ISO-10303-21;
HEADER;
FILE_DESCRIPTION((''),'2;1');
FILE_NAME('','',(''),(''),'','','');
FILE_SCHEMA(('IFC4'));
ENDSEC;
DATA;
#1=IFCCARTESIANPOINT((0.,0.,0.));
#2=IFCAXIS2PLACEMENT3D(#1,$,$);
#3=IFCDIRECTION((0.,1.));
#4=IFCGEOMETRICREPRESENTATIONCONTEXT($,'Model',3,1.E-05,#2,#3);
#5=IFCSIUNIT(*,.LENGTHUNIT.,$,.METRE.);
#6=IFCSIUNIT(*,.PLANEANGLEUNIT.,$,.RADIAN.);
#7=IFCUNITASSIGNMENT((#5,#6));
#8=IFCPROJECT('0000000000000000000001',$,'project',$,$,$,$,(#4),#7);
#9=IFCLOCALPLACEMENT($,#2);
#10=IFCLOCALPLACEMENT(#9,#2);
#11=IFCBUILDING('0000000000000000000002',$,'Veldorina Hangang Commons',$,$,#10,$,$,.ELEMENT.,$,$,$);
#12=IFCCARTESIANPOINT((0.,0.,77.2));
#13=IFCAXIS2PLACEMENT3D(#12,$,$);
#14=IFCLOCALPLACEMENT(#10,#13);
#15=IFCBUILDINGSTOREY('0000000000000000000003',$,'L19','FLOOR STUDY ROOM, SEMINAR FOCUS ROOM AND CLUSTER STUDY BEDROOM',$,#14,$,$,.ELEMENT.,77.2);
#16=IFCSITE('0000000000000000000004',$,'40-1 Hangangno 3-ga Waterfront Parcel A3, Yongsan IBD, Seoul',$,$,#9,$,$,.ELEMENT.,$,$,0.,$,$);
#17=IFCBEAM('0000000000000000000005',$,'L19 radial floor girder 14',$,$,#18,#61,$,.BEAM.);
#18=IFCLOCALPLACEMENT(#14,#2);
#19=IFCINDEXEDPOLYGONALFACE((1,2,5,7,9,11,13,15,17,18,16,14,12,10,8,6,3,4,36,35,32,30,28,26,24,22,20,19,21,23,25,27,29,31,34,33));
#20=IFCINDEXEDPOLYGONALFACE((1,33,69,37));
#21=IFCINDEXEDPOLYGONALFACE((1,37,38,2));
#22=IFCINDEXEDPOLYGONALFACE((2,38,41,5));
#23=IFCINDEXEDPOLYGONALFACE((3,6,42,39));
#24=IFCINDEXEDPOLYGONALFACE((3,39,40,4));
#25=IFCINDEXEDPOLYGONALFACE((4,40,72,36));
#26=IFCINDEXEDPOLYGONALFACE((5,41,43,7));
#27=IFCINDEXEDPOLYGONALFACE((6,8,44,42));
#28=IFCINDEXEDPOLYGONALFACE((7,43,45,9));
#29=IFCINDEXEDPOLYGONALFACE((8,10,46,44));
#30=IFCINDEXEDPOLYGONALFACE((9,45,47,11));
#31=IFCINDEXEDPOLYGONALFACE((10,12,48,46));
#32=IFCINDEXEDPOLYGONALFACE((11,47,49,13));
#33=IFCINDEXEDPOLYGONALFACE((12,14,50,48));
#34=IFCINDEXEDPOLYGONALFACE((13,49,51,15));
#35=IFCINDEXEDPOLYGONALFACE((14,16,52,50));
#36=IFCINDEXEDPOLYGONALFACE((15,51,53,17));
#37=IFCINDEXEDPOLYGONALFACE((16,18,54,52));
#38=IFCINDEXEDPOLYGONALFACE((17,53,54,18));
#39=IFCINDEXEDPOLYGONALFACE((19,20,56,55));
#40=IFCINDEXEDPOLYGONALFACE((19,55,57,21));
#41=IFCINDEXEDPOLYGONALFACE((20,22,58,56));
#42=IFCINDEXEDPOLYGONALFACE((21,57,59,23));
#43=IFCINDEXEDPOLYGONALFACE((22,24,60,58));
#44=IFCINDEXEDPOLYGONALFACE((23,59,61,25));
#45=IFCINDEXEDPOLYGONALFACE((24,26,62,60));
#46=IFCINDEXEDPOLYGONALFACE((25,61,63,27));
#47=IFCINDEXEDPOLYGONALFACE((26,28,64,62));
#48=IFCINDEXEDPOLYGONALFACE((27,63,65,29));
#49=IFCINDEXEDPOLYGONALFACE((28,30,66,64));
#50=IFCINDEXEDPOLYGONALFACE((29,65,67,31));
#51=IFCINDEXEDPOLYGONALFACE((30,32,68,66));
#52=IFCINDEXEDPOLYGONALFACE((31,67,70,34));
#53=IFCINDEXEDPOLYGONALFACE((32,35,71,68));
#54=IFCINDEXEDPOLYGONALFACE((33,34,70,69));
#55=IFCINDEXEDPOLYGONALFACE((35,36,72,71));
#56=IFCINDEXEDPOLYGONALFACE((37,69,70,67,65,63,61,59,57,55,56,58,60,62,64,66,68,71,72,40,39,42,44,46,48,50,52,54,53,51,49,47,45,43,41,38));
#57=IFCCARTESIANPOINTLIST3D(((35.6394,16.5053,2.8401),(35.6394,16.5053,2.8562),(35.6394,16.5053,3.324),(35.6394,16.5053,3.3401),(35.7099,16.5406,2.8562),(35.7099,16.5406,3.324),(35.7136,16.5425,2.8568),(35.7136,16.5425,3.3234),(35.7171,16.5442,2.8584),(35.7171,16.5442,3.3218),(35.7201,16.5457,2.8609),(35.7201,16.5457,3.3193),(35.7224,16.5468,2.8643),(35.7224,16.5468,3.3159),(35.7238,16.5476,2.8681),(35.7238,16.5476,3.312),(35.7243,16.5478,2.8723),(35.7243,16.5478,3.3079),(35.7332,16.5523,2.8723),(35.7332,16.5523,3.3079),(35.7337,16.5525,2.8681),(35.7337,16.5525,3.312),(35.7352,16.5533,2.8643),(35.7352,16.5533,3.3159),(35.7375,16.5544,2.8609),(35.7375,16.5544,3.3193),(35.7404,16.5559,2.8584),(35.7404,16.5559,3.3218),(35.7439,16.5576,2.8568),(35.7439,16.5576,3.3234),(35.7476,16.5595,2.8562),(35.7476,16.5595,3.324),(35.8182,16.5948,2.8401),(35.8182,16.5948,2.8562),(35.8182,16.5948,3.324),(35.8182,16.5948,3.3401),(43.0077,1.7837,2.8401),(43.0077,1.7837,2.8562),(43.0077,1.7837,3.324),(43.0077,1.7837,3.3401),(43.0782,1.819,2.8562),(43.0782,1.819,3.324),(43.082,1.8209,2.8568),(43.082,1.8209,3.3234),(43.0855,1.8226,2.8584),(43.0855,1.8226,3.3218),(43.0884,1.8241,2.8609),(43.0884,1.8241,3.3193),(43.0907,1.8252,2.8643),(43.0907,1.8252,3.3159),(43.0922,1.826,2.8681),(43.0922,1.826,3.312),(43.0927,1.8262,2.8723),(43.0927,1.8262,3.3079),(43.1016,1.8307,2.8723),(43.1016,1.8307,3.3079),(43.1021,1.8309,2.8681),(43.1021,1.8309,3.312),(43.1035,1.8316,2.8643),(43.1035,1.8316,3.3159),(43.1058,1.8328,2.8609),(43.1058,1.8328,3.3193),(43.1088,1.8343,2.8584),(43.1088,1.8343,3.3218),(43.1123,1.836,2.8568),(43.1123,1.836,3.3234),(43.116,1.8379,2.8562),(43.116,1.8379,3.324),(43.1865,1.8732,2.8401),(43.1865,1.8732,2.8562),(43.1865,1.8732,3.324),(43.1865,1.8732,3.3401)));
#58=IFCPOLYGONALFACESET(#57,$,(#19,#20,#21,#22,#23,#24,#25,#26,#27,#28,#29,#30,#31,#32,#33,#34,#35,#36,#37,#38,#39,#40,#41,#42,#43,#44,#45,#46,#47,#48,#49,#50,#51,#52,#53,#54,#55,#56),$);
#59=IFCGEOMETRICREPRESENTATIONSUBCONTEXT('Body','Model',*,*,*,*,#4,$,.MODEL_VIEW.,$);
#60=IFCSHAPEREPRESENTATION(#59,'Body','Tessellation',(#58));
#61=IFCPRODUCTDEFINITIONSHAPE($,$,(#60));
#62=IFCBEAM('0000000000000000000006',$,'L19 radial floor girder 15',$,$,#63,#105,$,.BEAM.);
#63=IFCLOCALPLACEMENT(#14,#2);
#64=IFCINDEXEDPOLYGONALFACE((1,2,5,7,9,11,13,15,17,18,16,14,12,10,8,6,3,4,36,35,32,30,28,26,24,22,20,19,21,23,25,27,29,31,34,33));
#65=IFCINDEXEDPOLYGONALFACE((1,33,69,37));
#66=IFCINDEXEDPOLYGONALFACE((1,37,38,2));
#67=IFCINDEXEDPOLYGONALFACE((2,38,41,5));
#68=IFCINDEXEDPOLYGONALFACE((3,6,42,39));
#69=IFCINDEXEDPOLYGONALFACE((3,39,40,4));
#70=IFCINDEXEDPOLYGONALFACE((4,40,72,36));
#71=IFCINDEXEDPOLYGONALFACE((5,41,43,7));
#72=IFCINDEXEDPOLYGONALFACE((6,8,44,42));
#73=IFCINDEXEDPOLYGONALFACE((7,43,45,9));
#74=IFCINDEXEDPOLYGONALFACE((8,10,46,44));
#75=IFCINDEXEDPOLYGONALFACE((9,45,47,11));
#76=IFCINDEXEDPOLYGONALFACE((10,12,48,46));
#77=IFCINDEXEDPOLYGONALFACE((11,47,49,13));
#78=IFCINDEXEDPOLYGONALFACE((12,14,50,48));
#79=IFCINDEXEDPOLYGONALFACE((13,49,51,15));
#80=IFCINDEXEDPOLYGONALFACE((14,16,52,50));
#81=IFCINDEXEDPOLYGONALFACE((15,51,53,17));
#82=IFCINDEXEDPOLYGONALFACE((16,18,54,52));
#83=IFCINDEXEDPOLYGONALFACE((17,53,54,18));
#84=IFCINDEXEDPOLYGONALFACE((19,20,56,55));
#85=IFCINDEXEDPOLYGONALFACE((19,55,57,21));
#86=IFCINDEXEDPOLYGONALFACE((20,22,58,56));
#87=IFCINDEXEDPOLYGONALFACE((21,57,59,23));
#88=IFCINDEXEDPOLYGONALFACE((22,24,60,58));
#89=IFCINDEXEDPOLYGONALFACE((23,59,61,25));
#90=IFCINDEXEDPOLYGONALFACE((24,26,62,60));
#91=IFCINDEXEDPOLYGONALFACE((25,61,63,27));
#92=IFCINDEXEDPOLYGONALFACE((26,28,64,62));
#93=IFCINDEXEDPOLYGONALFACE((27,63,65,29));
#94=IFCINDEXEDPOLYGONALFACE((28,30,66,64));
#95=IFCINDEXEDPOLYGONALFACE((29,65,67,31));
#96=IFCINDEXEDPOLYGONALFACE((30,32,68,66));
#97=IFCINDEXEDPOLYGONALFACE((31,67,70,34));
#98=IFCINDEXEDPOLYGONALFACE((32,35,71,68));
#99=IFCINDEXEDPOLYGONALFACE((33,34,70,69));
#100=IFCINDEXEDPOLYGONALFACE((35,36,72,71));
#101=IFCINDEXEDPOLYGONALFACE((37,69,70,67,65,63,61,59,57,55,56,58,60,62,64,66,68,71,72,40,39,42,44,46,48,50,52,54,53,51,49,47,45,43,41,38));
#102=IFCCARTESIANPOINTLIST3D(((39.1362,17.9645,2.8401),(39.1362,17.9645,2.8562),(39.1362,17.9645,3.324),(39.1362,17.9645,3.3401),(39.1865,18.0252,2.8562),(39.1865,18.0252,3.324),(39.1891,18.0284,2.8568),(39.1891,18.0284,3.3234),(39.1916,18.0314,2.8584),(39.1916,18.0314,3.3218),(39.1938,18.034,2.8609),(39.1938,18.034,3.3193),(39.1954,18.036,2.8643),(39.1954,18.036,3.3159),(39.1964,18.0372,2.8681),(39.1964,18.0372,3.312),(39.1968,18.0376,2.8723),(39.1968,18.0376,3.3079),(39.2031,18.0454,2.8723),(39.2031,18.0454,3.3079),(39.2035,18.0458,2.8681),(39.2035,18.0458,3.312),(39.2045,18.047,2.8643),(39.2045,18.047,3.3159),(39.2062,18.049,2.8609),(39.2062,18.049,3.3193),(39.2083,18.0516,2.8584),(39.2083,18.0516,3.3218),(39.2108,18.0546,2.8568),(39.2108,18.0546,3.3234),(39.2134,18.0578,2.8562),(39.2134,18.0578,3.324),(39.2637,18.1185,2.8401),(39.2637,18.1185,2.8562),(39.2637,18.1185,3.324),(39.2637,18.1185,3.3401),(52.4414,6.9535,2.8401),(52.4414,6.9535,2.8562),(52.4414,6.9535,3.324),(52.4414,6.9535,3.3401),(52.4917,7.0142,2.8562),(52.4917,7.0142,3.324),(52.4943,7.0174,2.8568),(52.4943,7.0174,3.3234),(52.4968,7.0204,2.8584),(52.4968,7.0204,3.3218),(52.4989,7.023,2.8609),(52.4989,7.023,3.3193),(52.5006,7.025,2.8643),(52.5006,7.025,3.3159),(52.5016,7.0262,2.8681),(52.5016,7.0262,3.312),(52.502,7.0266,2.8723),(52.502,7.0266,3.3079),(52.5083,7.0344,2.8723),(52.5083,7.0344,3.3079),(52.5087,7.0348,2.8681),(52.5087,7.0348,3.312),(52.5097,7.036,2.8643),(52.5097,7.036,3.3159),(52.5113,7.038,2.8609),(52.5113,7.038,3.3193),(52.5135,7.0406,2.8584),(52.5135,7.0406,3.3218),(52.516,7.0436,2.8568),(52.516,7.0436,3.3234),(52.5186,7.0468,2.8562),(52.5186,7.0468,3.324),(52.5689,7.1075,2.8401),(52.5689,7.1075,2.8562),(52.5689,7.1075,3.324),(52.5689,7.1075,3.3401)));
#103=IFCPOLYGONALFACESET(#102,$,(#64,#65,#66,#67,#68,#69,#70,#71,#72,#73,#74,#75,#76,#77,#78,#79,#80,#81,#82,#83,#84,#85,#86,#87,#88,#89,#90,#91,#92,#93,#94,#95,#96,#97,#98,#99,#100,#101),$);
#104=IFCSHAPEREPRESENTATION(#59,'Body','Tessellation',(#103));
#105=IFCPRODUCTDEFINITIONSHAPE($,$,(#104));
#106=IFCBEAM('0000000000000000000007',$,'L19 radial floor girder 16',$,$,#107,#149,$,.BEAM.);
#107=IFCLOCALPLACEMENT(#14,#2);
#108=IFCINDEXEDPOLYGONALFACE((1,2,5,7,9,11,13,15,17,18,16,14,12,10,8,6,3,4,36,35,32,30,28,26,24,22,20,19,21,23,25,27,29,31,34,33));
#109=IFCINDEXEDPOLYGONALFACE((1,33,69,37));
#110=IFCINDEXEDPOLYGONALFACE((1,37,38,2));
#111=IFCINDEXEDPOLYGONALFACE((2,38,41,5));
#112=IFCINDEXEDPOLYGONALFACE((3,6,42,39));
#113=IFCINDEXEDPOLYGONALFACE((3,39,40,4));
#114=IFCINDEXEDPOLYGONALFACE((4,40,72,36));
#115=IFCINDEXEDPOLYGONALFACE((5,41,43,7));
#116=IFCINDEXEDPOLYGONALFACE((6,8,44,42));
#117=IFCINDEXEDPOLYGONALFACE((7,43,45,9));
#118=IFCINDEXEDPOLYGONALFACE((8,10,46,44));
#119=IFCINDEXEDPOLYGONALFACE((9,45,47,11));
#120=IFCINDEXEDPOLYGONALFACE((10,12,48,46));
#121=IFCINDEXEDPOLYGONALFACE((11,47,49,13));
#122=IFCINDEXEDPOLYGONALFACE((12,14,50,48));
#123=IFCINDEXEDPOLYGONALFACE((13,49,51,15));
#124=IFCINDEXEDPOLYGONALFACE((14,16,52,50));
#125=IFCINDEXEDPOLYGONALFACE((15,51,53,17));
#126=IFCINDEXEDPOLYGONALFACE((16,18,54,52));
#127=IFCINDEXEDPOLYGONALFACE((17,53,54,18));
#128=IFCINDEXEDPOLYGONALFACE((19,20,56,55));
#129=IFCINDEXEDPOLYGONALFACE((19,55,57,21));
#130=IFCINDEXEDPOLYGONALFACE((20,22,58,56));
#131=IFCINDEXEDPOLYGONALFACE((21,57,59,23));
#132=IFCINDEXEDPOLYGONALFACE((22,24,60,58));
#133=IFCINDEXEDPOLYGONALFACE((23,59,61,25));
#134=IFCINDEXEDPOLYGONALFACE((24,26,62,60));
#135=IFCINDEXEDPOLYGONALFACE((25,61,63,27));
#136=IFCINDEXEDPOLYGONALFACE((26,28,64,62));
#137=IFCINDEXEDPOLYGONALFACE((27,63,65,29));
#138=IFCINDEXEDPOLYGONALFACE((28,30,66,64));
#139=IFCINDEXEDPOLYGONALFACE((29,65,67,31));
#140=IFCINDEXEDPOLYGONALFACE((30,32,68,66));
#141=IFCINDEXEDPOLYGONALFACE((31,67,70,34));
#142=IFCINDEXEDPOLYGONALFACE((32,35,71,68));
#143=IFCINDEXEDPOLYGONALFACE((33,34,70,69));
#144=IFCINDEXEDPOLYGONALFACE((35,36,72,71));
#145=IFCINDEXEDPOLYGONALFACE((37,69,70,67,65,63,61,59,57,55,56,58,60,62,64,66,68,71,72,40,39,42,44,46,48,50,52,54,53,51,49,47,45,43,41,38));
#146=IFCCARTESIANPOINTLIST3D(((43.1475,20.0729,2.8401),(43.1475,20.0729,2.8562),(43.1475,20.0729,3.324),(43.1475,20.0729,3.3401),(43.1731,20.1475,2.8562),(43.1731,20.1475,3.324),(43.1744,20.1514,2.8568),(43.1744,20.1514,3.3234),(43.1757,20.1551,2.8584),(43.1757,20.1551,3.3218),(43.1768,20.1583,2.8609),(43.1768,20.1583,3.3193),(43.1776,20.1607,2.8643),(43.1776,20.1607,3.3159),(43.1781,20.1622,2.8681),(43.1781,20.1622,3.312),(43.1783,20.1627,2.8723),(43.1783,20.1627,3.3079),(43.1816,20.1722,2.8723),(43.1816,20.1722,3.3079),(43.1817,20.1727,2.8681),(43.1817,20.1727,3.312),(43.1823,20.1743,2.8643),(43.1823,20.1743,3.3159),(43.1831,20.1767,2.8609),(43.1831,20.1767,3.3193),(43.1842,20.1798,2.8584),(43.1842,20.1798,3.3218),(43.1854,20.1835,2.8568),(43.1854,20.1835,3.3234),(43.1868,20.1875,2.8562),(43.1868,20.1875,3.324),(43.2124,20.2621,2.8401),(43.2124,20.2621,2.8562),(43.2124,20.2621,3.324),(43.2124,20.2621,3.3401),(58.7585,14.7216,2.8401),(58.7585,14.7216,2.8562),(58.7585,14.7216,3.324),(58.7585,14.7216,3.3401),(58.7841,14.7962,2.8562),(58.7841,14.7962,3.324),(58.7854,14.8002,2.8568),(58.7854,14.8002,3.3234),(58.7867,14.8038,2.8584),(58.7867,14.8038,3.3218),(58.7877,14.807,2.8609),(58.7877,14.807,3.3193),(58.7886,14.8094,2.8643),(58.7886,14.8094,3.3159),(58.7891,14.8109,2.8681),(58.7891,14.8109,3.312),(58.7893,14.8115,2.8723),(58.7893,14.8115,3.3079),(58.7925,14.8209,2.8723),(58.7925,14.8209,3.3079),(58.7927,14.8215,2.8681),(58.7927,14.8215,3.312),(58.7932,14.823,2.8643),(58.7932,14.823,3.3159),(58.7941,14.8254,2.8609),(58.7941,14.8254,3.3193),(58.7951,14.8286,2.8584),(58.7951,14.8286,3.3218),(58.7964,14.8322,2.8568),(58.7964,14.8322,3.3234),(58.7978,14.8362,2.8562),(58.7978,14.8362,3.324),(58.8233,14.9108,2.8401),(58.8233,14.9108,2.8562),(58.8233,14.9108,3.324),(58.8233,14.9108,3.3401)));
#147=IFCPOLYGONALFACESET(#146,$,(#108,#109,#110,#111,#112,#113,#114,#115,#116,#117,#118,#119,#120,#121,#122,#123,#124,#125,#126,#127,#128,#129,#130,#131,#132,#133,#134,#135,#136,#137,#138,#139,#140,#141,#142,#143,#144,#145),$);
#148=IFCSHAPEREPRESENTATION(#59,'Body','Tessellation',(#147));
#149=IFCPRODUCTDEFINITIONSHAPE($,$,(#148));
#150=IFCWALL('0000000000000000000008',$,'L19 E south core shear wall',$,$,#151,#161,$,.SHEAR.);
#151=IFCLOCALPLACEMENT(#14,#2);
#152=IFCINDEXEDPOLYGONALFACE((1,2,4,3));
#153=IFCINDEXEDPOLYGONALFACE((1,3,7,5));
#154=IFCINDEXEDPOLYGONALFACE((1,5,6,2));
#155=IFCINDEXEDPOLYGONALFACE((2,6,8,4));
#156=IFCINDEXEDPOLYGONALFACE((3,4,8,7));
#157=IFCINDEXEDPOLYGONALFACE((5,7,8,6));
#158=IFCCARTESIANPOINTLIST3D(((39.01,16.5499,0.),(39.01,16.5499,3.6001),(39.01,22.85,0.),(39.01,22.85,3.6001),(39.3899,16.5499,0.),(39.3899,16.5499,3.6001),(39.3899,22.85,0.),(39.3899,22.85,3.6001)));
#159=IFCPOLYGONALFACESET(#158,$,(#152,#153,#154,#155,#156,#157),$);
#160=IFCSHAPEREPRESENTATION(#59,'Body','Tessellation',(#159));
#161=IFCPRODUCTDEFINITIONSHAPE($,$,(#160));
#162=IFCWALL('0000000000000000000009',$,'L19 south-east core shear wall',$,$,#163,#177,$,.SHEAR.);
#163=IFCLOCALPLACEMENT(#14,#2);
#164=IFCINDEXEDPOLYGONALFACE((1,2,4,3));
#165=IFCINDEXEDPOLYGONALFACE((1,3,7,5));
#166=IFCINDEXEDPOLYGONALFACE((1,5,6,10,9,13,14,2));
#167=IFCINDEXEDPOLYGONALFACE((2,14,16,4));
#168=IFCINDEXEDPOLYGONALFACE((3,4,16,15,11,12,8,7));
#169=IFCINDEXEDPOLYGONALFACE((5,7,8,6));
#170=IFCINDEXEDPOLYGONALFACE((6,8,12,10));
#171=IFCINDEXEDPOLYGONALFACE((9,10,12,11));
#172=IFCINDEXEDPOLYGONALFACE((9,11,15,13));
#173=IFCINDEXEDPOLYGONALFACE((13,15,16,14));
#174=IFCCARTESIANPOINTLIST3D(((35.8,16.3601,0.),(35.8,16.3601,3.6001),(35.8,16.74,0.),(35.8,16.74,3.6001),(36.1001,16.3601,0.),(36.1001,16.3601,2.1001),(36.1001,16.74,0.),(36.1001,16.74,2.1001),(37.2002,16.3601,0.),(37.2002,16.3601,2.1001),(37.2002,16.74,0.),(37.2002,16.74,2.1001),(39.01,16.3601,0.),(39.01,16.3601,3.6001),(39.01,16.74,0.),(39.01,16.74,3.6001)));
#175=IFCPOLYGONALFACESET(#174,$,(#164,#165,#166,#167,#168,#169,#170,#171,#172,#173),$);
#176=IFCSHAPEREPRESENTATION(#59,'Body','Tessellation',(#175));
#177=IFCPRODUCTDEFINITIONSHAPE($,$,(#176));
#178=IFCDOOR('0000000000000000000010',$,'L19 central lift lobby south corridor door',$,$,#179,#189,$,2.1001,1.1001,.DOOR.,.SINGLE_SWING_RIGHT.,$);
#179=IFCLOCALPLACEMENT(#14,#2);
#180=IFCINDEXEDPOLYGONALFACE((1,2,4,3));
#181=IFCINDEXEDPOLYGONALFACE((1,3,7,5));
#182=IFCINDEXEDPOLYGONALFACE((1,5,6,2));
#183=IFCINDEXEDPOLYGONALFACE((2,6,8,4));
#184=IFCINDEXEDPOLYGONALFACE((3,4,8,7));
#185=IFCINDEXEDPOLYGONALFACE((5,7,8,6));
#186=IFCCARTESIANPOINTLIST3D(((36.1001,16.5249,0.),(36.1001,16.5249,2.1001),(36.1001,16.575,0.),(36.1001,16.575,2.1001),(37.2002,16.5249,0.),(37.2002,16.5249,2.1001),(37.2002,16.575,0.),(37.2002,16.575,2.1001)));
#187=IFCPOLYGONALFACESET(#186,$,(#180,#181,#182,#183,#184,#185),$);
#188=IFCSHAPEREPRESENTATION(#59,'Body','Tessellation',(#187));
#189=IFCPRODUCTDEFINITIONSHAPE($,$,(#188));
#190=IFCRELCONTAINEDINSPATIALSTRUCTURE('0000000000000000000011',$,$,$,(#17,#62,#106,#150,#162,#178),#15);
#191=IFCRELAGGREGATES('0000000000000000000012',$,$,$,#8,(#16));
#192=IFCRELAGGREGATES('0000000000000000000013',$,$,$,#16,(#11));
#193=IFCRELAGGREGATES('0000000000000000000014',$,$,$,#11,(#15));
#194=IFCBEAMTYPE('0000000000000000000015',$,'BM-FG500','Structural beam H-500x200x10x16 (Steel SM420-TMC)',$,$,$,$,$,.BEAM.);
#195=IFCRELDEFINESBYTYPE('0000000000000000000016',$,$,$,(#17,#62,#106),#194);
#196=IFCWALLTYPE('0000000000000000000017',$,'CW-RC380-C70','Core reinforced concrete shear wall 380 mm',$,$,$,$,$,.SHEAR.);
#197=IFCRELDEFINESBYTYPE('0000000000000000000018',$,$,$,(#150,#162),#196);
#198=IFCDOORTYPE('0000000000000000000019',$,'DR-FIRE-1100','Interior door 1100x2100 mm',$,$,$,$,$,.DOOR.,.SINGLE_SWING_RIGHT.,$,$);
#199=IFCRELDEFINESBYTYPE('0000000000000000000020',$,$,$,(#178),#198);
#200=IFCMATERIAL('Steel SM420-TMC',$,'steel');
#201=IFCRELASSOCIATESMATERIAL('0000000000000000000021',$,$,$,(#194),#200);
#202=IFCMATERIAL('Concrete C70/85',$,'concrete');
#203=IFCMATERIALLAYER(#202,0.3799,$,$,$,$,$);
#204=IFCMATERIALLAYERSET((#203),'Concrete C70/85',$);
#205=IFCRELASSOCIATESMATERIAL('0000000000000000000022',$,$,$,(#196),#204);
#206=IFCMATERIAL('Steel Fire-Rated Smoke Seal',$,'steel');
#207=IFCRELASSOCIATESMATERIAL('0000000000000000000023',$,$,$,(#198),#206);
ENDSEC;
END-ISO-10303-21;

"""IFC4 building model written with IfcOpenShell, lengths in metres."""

from ifc_helpers import new_model, si_unit, direction, frame, frame_2d, origin, origin_2d, place, context, subcontext, project, spatial, rectangle, i_section, extrude, material, layer, layer_set, material_profile, profile_set, type_object, element, fill, save


model = new_model("IFC4")

# Units and contexts
model_context = context("Model", 3, precision=1e-05, world=origin(), true_north=direction((0.0, 1.0)))
body_context = subcontext(model_context, "Body", "Model", "MODEL_VIEW")
ifc_project = project(units=[si_unit("LENGTHUNIT", "METRE"), si_unit("PLANEANGLEUNIT", "RADIAN")], contexts=[model_context])

# Site, building, storey
site_placement = place(None, origin())
site = spatial("IfcSite", under=ifc_project, at=site_placement, Name="40-1 Hangangno 3-ga Waterfront Parcel A3, Yongsan IBD, Seoul", CompositionType="ELEMENT", RefElevation=0.0)
building_placement = place(site_placement, origin())
building = spatial("IfcBuilding", under=site, at=building_placement, Name="Veldorina Hangang Commons", CompositionType="ELEMENT")
storey_placement = place(building_placement, frame((0.0, 0.0, 77.2)))
storey = spatial("IfcBuildingStorey", under=building, at=storey_placement, Name="L19", Description="FLOOR STUDY ROOM, SEMINAR FOCUS ROOM AND CLUSTER STUDY BEDROOM", CompositionType="ELEMENT", Elevation=77.2)

# Beams
ifc_material_1 = material(Name="Steel SM420-TMC", Category="steel")
ifc_material_profile = material_profile(ifc_material_1, i_section(OverallWidth=0.2, OverallDepth=0.5, WebThickness=0.01, FlangeThickness=0.0161, FilletRadius=0.0161, at=origin_2d()), Name="H-500x200x10x16")
ifc_profile_set = profile_set([ifc_material_profile], Name="Steel SM420-TMC")
beam_type = type_object("IfcBeamType", Name="BM-FG500", Description="Structural beam H-500x200x10x16 (Steel SM420-TMC)", PredefinedType="BEAM", material=ifc_profile_set)
beam_1_placement = place(storey_placement, frame((35.7288, 16.55, 3.0901), z_axis=(0.447581, -0.894243, 0.0), x_axis=(0.894243, 0.447581, 0.0)))
element("IfcBeam", 1, at=beam_1_placement, inside=storey, type_object=beam_type, Name="L19 radial floor girder 14", PredefinedType="BEAM", context=body_context, shape_type="SweptSolid", body=[
    extrude(i_section(OverallWidth=0.2, OverallDepth=0.5, WebThickness=0.01, FlangeThickness=0.0161, FilletRadius=0.0161, at=origin_2d()), origin(), (0.0, 0.0, 1.0), 16.4626),
])
beam_2_placement = place(storey_placement, frame((39.2, 18.0415, 3.0901), z_axis=(0.7704, -0.637561, 0.0), x_axis=(0.637561, 0.7704, 0.0)))
element("IfcBeam", 2, at=beam_2_placement, inside=storey, type_object=beam_type, Name="L19 radial floor girder 15", PredefinedType="BEAM", context=body_context, shape_type="SweptSolid", body=[
    extrude(i_section(OverallWidth=0.2, OverallDepth=0.5, WebThickness=0.01, FlangeThickness=0.0161, FilletRadius=0.0161, at=origin_2d()), origin(), (0.0, 0.0, 1.0), 17.2705),
])
beam_3_placement = place(storey_placement, frame((43.1799, 20.1675, 3.0901), z_axis=(0.945966, -0.324267, 0.0), x_axis=(0.324267, 0.945966, 0.0)))
element("IfcBeam", 3, at=beam_3_placement, inside=storey, type_object=beam_type, Name="L19 radial floor girder 16", PredefinedType="BEAM", context=body_context, shape_type="SweptSolid", body=[
    extrude(i_section(OverallWidth=0.2, OverallDepth=0.5, WebThickness=0.01, FlangeThickness=0.0161, FilletRadius=0.0161, at=origin_2d()), origin(), (0.0, 0.0, 1.0), 16.5027),
])

# Wall
ifc_material_2 = material(Name="Concrete C70/85", Category="concrete")
ifc_layer_1 = layer(ifc_material_2, 0.3799)
ifc_layer_set_1 = layer_set([ifc_layer_1], Name="Concrete C70/85")
wall_type_1 = type_object("IfcWallType", Name="CW-RC380-C70", Description="Core reinforced concrete shear wall 380 mm", PredefinedType="SHEAR", material=ifc_layer_set_1)
wall_1_placement = place(storey_placement, frame((39.2, 16.55, 0.0), z_axis=(0.0, 0.0, 1.0), x_axis=(0.0, 1.0, 0.0)))
element("IfcWall", 4, at=wall_1_placement, inside=storey, type_object=wall_type_1, Name="L19 E south core shear wall", PredefinedType="SHEAR", context=body_context, shape_type="SweptSolid", body=[
    extrude(rectangle(XDim=6.3, YDim=0.3799, at=frame_2d((3.1499, 0.0))), origin(), (0.0, 0.0, 1.0), 3.6001),
])

# Wall, opening, door
wall_2_placement = place(storey_placement, frame((35.8, 16.55, 0.0), z_axis=(0.0, 0.0, 1.0), x_axis=(1.0, 0.0, 0.0)))
wall_2 = element("IfcWall", 5, at=wall_2_placement, inside=storey, type_object=wall_type_1, Name="L19 south-east core shear wall", PredefinedType="SHEAR", context=body_context, shape_type="SweptSolid", body=[
    extrude(rectangle(XDim=3.21, YDim=0.3799, at=frame_2d((1.605, 0.0))), origin(), (0.0, 0.0, 1.0), 3.6001),
])
opening_1_placement = place(wall_2_placement, frame((0.3, 0.0, 0.0)))
opening_1 = element("IfcOpeningElement", 6, at=opening_1_placement, cuts=wall_2, PredefinedType="OPENING", context=body_context, shape_type="SweptSolid", body=[
    extrude(rectangle(XDim=1.1001, YDim=2.1001, at=frame_2d((0.55, 1.05))), frame((0.0, 0.2, 0.0), z_axis=(0.0, -1.0, 0.0), x_axis=(1.0, 0.0, 0.0)), (0.0, 0.0, 1.0), 0.3999),
])
ifc_material_3 = material(Name="Steel Fire-Rated Smoke Seal", Category="steel")
door_type_1 = type_object("IfcDoorType", Name="DR-FIRE-1100", Description="Interior door 1100x2100 mm", OperationType="SINGLE_SWING_RIGHT", PredefinedType="DOOR", material=ifc_material_3)
door_1_placement = place(opening_1_placement, origin())
door_1 = element("IfcDoor", 7, at=door_1_placement, inside=storey, type_object=door_type_1, Name="L19 central lift lobby south corridor door", OperationType="SINGLE_SWING_RIGHT", OverallHeight=2.1001, OverallWidth=1.1001, PredefinedType="DOOR", context=body_context, shape_type="SweptSolid", body=[
    extrude(rectangle(XDim=1.1001, YDim=2.1001, at=frame_2d((0.55, 1.05))), frame((0.0, 0.0249, 0.0), z_axis=(0.0, -1.0, 0.0), x_axis=(1.0, 0.0, 0.0)), (0.0, 0.0, 1.0), 0.05),
])
fill(opening_1, door_1)

save(model, "model.ifc")
